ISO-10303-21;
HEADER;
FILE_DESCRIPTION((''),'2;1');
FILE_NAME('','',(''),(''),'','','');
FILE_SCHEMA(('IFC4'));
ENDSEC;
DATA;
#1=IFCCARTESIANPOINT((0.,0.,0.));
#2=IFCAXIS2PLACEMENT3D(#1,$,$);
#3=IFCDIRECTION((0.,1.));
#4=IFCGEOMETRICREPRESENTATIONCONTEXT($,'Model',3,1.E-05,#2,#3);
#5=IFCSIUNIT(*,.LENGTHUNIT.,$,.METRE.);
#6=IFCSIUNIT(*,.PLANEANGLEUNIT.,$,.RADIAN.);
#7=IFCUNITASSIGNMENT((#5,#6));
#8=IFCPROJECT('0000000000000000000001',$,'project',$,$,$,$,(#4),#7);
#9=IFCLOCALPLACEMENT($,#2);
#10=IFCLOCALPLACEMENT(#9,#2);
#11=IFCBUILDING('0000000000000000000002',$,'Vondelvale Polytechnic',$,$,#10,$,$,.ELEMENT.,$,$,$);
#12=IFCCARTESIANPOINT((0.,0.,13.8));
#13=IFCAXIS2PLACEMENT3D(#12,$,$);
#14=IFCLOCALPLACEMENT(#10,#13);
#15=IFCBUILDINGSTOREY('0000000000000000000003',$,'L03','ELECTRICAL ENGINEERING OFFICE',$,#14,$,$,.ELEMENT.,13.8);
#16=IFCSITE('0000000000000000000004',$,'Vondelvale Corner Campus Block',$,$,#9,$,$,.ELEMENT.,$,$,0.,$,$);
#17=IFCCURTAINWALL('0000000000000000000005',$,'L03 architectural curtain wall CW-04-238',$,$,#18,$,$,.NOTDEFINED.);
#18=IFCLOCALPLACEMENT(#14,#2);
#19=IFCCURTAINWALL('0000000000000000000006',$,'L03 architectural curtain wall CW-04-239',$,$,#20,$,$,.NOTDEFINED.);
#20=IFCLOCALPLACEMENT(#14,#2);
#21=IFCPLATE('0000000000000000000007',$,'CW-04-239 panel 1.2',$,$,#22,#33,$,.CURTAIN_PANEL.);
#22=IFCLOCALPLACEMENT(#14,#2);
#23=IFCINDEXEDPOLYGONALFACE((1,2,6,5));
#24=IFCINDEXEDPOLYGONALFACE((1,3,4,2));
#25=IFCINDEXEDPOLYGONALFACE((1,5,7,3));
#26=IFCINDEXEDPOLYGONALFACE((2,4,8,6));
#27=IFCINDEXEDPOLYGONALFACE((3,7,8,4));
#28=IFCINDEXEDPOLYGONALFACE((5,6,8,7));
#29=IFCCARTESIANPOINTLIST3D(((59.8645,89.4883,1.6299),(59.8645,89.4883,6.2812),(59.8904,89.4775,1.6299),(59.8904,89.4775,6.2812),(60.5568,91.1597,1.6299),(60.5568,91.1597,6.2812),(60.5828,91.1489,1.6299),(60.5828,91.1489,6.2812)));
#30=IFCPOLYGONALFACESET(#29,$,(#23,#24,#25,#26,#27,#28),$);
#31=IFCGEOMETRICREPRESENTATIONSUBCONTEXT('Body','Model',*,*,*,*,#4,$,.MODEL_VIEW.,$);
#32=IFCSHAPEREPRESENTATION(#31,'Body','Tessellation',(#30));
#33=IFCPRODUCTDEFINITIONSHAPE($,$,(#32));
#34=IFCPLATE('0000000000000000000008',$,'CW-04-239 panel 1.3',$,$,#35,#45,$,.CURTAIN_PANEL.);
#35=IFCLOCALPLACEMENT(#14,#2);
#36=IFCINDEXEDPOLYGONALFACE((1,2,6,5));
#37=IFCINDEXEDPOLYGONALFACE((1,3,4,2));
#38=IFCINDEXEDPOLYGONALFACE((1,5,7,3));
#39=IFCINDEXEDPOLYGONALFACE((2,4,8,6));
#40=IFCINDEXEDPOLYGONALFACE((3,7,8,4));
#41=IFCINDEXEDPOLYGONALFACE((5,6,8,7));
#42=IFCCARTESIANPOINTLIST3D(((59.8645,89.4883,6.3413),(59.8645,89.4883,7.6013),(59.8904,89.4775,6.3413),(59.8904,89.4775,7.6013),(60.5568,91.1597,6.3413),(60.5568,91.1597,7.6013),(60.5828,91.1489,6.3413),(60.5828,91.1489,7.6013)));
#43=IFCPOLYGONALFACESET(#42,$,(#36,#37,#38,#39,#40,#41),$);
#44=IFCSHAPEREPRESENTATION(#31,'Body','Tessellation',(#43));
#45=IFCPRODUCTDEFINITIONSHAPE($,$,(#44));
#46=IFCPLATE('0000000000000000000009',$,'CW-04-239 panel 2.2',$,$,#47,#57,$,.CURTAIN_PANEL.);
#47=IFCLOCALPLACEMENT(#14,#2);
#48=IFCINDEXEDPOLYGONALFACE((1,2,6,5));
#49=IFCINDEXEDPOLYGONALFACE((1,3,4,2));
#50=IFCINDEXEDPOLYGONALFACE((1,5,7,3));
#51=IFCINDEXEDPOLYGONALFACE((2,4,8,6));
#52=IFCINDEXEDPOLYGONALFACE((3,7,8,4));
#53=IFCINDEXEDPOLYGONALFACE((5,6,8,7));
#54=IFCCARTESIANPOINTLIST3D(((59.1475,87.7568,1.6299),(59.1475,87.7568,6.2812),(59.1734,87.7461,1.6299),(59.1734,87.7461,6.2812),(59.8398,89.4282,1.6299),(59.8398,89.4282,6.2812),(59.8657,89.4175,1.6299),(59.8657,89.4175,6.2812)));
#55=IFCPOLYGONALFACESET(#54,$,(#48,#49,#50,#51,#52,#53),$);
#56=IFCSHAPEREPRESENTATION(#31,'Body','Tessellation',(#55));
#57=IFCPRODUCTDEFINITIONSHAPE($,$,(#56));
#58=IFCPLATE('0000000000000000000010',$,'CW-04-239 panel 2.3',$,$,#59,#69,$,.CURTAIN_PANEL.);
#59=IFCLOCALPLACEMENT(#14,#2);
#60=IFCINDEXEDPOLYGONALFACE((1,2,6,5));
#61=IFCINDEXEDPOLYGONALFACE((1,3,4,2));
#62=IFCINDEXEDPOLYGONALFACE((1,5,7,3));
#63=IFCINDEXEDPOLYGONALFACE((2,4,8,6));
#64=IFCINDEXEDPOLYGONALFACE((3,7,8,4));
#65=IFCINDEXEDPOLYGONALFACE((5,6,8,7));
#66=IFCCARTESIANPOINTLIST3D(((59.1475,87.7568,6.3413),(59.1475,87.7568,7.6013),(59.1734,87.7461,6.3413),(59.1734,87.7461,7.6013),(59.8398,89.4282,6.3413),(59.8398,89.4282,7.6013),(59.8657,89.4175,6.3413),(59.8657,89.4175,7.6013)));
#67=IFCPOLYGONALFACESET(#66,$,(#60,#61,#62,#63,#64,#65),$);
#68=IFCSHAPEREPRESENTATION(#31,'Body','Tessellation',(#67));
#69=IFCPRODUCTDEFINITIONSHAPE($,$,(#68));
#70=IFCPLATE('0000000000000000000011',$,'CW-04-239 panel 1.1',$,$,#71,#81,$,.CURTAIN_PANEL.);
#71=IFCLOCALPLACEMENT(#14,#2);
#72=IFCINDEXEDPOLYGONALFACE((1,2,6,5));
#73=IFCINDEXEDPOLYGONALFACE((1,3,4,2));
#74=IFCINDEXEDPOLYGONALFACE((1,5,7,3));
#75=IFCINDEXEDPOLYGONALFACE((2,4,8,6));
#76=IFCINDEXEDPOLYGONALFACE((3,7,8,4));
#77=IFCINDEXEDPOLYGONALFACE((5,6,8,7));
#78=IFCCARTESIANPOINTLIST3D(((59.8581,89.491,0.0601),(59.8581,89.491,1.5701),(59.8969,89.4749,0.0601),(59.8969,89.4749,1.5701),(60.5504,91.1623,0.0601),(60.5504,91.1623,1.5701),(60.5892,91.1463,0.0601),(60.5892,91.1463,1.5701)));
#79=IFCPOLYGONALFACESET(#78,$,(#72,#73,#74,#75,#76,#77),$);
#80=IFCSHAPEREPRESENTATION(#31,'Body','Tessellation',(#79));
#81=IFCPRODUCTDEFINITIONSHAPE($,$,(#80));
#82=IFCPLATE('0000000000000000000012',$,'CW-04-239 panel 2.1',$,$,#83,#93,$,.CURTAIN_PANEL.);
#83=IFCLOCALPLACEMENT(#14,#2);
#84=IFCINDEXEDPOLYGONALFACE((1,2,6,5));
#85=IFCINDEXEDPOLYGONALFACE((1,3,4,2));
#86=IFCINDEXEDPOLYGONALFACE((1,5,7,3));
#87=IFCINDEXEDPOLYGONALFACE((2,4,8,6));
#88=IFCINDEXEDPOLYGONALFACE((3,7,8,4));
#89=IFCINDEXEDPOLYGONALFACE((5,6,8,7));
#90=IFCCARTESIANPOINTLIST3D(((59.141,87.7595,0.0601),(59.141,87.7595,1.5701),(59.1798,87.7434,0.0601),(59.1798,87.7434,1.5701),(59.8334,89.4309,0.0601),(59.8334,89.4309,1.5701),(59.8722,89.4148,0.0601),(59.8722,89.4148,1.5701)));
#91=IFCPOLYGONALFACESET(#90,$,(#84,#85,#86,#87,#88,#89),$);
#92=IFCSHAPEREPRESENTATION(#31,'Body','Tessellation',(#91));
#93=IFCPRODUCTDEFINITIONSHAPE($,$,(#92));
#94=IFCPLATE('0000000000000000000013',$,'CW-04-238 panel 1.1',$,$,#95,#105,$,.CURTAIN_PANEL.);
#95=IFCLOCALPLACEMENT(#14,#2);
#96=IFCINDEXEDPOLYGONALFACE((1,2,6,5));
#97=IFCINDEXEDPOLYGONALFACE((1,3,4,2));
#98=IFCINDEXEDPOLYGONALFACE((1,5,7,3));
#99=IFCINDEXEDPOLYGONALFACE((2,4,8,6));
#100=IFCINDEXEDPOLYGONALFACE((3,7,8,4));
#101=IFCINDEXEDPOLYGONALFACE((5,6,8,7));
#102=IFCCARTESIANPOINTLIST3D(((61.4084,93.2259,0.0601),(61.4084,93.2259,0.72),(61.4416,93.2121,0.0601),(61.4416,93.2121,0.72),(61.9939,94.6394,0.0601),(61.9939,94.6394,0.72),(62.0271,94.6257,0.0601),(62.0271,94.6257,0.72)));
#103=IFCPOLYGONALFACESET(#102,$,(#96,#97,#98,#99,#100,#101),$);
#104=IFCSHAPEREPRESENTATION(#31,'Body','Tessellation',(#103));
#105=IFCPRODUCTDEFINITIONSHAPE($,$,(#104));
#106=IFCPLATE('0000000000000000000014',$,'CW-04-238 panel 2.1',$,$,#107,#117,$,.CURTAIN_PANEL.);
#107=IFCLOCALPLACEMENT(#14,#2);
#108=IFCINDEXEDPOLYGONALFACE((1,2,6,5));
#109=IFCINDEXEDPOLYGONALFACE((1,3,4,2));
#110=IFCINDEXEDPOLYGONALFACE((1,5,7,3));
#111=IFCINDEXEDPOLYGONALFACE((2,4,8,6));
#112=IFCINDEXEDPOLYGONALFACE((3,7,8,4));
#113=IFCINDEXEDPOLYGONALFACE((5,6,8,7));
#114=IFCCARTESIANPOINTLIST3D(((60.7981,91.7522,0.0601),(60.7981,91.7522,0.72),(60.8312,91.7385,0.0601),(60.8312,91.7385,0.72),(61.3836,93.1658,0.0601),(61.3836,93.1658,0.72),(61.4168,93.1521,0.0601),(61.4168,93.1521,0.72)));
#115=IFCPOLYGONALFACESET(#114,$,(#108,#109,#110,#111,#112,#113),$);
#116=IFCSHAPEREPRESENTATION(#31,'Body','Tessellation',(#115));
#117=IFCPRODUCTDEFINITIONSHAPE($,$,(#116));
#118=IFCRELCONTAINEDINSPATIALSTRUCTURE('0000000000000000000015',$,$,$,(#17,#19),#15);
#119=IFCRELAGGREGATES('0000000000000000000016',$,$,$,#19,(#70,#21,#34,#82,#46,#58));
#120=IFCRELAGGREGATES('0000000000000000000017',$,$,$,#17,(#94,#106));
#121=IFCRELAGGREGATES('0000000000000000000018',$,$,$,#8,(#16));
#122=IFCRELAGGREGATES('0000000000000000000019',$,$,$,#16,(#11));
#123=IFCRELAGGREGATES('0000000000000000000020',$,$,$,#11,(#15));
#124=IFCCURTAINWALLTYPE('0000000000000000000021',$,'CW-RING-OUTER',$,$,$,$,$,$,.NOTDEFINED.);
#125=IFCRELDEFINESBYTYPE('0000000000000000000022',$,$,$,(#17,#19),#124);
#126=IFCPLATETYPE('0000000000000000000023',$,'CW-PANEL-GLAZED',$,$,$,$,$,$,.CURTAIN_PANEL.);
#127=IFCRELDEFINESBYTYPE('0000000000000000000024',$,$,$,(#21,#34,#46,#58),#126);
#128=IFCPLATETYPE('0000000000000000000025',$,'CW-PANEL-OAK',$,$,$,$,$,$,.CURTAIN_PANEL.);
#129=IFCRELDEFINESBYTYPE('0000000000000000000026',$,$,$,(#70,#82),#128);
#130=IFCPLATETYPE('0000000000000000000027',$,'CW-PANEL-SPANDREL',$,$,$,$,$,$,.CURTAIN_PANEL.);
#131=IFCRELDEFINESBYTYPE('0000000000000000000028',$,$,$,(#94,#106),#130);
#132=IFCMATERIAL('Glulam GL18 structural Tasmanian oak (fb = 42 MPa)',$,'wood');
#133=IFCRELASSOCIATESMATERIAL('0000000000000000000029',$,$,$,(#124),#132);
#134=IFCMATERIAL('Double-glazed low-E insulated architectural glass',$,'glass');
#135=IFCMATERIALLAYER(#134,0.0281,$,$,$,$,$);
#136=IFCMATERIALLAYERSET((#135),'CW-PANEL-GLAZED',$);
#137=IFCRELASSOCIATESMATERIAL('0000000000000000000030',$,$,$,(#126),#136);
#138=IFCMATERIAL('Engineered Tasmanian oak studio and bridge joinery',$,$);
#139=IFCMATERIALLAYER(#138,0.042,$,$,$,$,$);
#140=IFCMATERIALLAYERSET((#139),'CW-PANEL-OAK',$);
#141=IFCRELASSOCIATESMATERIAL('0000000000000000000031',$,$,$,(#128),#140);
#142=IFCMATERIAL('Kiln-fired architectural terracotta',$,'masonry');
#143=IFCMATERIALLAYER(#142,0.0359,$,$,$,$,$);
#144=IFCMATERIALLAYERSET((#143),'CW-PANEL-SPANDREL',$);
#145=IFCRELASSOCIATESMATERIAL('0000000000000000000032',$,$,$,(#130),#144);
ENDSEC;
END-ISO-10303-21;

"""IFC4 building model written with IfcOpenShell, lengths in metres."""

from ifc_helpers import new_model, si_unit, direction, frame, origin, origin_2d, place, context, subcontext, project, spatial, rectangle, extrude, material, layer, layer_set, type_object, element, aggregate, save


model = new_model("IFC4")

# Units and contexts
model_context = context("Model", 3, precision=1e-05, world=origin(), true_north=direction((0.0, 1.0)))
body_context = subcontext(model_context, "Body", "Model", "MODEL_VIEW")
ifc_project = project(units=[si_unit("LENGTHUNIT", "METRE"), si_unit("PLANEANGLEUNIT", "RADIAN")], contexts=[model_context])

# Site, building, storey
site_placement = place(None, origin())
site = spatial("IfcSite", under=ifc_project, at=site_placement, Name="Vondelvale Corner Campus Block", CompositionType="ELEMENT", RefElevation=0.0)
building_placement = place(site_placement, origin())
building = spatial("IfcBuilding", under=site, at=building_placement, Name="Vondelvale Polytechnic", CompositionType="ELEMENT")
storey_placement = place(building_placement, frame((0.0, 0.0, 13.8)))
storey = spatial("IfcBuildingStorey", under=building, at=storey_placement, Name="L03", Description="ELECTRICAL ENGINEERING OFFICE", CompositionType="ELEMENT", Elevation=13.8)

# Shared definitions
ifc_material_1 = material(Name="Glulam GL18 structural Tasmanian oak (fb = 42 MPa)", Category="wood")

# Curtain walls
curtain_wall_type = type_object("IfcCurtainWallType", Name="CW-RING-OUTER", PredefinedType="NOTDEFINED", material=ifc_material_1)
curtain_wall_1_placement = place(storey_placement, origin())
curtain_wall_1 = element("IfcCurtainWall", 1, at=curtain_wall_1_placement, inside=storey, type_object=curtain_wall_type, Name="L03 architectural curtain wall CW-04-238", PredefinedType="NOTDEFINED")
curtain_wall_2_placement = place(storey_placement, origin())
curtain_wall_2 = element("IfcCurtainWall", 2, at=curtain_wall_2_placement, inside=storey, type_object=curtain_wall_type, Name="L03 architectural curtain wall CW-04-239", PredefinedType="NOTDEFINED")

# Plates
ifc_material_2 = material(Name="Double-glazed low-E insulated architectural glass", Category="glass")
ifc_layer_1 = layer(ifc_material_2, 0.0281)
ifc_layer_set_1 = layer_set([ifc_layer_1], Name="CW-PANEL-GLAZED")
plate_type_1 = type_object("IfcPlateType", Name="CW-PANEL-GLAZED", PredefinedType="CURTAIN_PANEL", material=ifc_layer_set_1)
plate_1_placement = place(storey_placement, frame((60.2236, 90.3186, 1.6299), z_axis=(0.0, 0.0, 1.0), x_axis=(-0.382695, -0.923875, 0.0)))
plate_1 = element("IfcPlate", 3, at=plate_1_placement, type_object=plate_type_1, Name="CW-04-239 panel 1.2", PredefinedType="CURTAIN_PANEL", context=body_context, shape_type="SweptSolid", body=[
    extrude(rectangle(XDim=1.8091, YDim=0.0281, at=origin_2d()), origin(), (0.0, 0.0, 1.0), 4.6514),
])
plate_2_placement = place(storey_placement, frame((60.2236, 90.3186, 6.3413), z_axis=(0.0, 0.0, 1.0), x_axis=(-0.382695, -0.923875, 0.0)))
plate_2 = element("IfcPlate", 4, at=plate_2_placement, type_object=plate_type_1, Name="CW-04-239 panel 1.3", PredefinedType="CURTAIN_PANEL", context=body_context, shape_type="SweptSolid", body=[
    extrude(rectangle(XDim=1.8091, YDim=0.0281, at=origin_2d()), origin(), (0.0, 0.0, 1.0), 1.26),
])
plate_3_placement = place(storey_placement, frame((59.5066, 88.5872, 1.6299), z_axis=(0.0, 0.0, 1.0), x_axis=(-0.382695, -0.923875, 0.0)))
plate_3 = element("IfcPlate", 5, at=plate_3_placement, type_object=plate_type_1, Name="CW-04-239 panel 2.2", PredefinedType="CURTAIN_PANEL", context=body_context, shape_type="SweptSolid", body=[
    extrude(rectangle(XDim=1.8091, YDim=0.0281, at=origin_2d()), origin(), (0.0, 0.0, 1.0), 4.6514),
])
plate_4_placement = place(storey_placement, frame((59.5066, 88.5872, 6.3413), z_axis=(0.0, 0.0, 1.0), x_axis=(-0.382695, -0.923875, 0.0)))
plate_4 = element("IfcPlate", 6, at=plate_4_placement, type_object=plate_type_1, Name="CW-04-239 panel 2.3", PredefinedType="CURTAIN_PANEL", context=body_context, shape_type="SweptSolid", body=[
    extrude(rectangle(XDim=1.8091, YDim=0.0281, at=origin_2d()), origin(), (0.0, 0.0, 1.0), 1.26),
])
ifc_material_3 = material(Name="Engineered Tasmanian oak studio and bridge joinery")
ifc_layer_2 = layer(ifc_material_3, 0.042)
ifc_layer_set_2 = layer_set([ifc_layer_2], Name="CW-PANEL-OAK")
plate_type_2 = type_object("IfcPlateType", Name="CW-PANEL-OAK", PredefinedType="CURTAIN_PANEL", material=ifc_layer_set_2)
plate_5_placement = place(storey_placement, frame((60.2236, 90.3186, 0.0601), z_axis=(0.0, 0.0, 1.0), x_axis=(-0.382695, -0.923875, 0.0)))
plate_5 = element("IfcPlate", 7, at=plate_5_placement, type_object=plate_type_2, Name="CW-04-239 panel 1.1", PredefinedType="CURTAIN_PANEL", context=body_context, shape_type="SweptSolid", body=[
    extrude(rectangle(XDim=1.8091, YDim=0.042, at=origin_2d()), origin(), (0.0, 0.0, 1.0), 1.51),
])
plate_6_placement = place(storey_placement, frame((59.5066, 88.5872, 0.0601), z_axis=(0.0, 0.0, 1.0), x_axis=(-0.382695, -0.923875, 0.0)))
plate_6 = element("IfcPlate", 8, at=plate_6_placement, type_object=plate_type_2, Name="CW-04-239 panel 2.1", PredefinedType="CURTAIN_PANEL", context=body_context, shape_type="SweptSolid", body=[
    extrude(rectangle(XDim=1.8091, YDim=0.042, at=origin_2d()), origin(), (0.0, 0.0, 1.0), 1.51),
])
aggregate(curtain_wall_2, [plate_5, plate_1, plate_2, plate_6, plate_3, plate_4])
ifc_material_4 = material(Name="Kiln-fired architectural terracotta", Category="masonry")
ifc_layer_3 = layer(ifc_material_4, 0.0359)
ifc_layer_set_3 = layer_set([ifc_layer_3], Name="CW-PANEL-SPANDREL")
plate_type_3 = type_object("IfcPlateType", Name="CW-PANEL-SPANDREL", PredefinedType="CURTAIN_PANEL", material=ifc_layer_set_3)
plate_7_placement = place(storey_placement, frame((61.7178, 93.9258, 0.0601), z_axis=(0.0, 0.0, 1.0), x_axis=(-0.382677, -0.923882, 0.0)))
plate_7 = element("IfcPlate", 9, at=plate_7_placement, type_object=plate_type_3, Name="CW-04-238 panel 1.1", PredefinedType="CURTAIN_PANEL", context=body_context, shape_type="SweptSolid", body=[
    extrude(rectangle(XDim=1.53, YDim=0.0359, at=origin_2d()), origin(), (0.0, 0.0, 1.0), 0.6599),
])
plate_8_placement = place(storey_placement, frame((61.1074, 92.4521, 0.0601), z_axis=(0.0, 0.0, 1.0), x_axis=(-0.382677, -0.923882, 0.0)))
plate_8 = element("IfcPlate", 10, at=plate_8_placement, type_object=plate_type_3, Name="CW-04-238 panel 2.1", PredefinedType="CURTAIN_PANEL", context=body_context, shape_type="SweptSolid", body=[
    extrude(rectangle(XDim=1.53, YDim=0.0359, at=origin_2d()), origin(), (0.0, 0.0, 1.0), 0.6599),
])
aggregate(curtain_wall_1, [plate_7, plate_8])

save(model, "model.ifc")
